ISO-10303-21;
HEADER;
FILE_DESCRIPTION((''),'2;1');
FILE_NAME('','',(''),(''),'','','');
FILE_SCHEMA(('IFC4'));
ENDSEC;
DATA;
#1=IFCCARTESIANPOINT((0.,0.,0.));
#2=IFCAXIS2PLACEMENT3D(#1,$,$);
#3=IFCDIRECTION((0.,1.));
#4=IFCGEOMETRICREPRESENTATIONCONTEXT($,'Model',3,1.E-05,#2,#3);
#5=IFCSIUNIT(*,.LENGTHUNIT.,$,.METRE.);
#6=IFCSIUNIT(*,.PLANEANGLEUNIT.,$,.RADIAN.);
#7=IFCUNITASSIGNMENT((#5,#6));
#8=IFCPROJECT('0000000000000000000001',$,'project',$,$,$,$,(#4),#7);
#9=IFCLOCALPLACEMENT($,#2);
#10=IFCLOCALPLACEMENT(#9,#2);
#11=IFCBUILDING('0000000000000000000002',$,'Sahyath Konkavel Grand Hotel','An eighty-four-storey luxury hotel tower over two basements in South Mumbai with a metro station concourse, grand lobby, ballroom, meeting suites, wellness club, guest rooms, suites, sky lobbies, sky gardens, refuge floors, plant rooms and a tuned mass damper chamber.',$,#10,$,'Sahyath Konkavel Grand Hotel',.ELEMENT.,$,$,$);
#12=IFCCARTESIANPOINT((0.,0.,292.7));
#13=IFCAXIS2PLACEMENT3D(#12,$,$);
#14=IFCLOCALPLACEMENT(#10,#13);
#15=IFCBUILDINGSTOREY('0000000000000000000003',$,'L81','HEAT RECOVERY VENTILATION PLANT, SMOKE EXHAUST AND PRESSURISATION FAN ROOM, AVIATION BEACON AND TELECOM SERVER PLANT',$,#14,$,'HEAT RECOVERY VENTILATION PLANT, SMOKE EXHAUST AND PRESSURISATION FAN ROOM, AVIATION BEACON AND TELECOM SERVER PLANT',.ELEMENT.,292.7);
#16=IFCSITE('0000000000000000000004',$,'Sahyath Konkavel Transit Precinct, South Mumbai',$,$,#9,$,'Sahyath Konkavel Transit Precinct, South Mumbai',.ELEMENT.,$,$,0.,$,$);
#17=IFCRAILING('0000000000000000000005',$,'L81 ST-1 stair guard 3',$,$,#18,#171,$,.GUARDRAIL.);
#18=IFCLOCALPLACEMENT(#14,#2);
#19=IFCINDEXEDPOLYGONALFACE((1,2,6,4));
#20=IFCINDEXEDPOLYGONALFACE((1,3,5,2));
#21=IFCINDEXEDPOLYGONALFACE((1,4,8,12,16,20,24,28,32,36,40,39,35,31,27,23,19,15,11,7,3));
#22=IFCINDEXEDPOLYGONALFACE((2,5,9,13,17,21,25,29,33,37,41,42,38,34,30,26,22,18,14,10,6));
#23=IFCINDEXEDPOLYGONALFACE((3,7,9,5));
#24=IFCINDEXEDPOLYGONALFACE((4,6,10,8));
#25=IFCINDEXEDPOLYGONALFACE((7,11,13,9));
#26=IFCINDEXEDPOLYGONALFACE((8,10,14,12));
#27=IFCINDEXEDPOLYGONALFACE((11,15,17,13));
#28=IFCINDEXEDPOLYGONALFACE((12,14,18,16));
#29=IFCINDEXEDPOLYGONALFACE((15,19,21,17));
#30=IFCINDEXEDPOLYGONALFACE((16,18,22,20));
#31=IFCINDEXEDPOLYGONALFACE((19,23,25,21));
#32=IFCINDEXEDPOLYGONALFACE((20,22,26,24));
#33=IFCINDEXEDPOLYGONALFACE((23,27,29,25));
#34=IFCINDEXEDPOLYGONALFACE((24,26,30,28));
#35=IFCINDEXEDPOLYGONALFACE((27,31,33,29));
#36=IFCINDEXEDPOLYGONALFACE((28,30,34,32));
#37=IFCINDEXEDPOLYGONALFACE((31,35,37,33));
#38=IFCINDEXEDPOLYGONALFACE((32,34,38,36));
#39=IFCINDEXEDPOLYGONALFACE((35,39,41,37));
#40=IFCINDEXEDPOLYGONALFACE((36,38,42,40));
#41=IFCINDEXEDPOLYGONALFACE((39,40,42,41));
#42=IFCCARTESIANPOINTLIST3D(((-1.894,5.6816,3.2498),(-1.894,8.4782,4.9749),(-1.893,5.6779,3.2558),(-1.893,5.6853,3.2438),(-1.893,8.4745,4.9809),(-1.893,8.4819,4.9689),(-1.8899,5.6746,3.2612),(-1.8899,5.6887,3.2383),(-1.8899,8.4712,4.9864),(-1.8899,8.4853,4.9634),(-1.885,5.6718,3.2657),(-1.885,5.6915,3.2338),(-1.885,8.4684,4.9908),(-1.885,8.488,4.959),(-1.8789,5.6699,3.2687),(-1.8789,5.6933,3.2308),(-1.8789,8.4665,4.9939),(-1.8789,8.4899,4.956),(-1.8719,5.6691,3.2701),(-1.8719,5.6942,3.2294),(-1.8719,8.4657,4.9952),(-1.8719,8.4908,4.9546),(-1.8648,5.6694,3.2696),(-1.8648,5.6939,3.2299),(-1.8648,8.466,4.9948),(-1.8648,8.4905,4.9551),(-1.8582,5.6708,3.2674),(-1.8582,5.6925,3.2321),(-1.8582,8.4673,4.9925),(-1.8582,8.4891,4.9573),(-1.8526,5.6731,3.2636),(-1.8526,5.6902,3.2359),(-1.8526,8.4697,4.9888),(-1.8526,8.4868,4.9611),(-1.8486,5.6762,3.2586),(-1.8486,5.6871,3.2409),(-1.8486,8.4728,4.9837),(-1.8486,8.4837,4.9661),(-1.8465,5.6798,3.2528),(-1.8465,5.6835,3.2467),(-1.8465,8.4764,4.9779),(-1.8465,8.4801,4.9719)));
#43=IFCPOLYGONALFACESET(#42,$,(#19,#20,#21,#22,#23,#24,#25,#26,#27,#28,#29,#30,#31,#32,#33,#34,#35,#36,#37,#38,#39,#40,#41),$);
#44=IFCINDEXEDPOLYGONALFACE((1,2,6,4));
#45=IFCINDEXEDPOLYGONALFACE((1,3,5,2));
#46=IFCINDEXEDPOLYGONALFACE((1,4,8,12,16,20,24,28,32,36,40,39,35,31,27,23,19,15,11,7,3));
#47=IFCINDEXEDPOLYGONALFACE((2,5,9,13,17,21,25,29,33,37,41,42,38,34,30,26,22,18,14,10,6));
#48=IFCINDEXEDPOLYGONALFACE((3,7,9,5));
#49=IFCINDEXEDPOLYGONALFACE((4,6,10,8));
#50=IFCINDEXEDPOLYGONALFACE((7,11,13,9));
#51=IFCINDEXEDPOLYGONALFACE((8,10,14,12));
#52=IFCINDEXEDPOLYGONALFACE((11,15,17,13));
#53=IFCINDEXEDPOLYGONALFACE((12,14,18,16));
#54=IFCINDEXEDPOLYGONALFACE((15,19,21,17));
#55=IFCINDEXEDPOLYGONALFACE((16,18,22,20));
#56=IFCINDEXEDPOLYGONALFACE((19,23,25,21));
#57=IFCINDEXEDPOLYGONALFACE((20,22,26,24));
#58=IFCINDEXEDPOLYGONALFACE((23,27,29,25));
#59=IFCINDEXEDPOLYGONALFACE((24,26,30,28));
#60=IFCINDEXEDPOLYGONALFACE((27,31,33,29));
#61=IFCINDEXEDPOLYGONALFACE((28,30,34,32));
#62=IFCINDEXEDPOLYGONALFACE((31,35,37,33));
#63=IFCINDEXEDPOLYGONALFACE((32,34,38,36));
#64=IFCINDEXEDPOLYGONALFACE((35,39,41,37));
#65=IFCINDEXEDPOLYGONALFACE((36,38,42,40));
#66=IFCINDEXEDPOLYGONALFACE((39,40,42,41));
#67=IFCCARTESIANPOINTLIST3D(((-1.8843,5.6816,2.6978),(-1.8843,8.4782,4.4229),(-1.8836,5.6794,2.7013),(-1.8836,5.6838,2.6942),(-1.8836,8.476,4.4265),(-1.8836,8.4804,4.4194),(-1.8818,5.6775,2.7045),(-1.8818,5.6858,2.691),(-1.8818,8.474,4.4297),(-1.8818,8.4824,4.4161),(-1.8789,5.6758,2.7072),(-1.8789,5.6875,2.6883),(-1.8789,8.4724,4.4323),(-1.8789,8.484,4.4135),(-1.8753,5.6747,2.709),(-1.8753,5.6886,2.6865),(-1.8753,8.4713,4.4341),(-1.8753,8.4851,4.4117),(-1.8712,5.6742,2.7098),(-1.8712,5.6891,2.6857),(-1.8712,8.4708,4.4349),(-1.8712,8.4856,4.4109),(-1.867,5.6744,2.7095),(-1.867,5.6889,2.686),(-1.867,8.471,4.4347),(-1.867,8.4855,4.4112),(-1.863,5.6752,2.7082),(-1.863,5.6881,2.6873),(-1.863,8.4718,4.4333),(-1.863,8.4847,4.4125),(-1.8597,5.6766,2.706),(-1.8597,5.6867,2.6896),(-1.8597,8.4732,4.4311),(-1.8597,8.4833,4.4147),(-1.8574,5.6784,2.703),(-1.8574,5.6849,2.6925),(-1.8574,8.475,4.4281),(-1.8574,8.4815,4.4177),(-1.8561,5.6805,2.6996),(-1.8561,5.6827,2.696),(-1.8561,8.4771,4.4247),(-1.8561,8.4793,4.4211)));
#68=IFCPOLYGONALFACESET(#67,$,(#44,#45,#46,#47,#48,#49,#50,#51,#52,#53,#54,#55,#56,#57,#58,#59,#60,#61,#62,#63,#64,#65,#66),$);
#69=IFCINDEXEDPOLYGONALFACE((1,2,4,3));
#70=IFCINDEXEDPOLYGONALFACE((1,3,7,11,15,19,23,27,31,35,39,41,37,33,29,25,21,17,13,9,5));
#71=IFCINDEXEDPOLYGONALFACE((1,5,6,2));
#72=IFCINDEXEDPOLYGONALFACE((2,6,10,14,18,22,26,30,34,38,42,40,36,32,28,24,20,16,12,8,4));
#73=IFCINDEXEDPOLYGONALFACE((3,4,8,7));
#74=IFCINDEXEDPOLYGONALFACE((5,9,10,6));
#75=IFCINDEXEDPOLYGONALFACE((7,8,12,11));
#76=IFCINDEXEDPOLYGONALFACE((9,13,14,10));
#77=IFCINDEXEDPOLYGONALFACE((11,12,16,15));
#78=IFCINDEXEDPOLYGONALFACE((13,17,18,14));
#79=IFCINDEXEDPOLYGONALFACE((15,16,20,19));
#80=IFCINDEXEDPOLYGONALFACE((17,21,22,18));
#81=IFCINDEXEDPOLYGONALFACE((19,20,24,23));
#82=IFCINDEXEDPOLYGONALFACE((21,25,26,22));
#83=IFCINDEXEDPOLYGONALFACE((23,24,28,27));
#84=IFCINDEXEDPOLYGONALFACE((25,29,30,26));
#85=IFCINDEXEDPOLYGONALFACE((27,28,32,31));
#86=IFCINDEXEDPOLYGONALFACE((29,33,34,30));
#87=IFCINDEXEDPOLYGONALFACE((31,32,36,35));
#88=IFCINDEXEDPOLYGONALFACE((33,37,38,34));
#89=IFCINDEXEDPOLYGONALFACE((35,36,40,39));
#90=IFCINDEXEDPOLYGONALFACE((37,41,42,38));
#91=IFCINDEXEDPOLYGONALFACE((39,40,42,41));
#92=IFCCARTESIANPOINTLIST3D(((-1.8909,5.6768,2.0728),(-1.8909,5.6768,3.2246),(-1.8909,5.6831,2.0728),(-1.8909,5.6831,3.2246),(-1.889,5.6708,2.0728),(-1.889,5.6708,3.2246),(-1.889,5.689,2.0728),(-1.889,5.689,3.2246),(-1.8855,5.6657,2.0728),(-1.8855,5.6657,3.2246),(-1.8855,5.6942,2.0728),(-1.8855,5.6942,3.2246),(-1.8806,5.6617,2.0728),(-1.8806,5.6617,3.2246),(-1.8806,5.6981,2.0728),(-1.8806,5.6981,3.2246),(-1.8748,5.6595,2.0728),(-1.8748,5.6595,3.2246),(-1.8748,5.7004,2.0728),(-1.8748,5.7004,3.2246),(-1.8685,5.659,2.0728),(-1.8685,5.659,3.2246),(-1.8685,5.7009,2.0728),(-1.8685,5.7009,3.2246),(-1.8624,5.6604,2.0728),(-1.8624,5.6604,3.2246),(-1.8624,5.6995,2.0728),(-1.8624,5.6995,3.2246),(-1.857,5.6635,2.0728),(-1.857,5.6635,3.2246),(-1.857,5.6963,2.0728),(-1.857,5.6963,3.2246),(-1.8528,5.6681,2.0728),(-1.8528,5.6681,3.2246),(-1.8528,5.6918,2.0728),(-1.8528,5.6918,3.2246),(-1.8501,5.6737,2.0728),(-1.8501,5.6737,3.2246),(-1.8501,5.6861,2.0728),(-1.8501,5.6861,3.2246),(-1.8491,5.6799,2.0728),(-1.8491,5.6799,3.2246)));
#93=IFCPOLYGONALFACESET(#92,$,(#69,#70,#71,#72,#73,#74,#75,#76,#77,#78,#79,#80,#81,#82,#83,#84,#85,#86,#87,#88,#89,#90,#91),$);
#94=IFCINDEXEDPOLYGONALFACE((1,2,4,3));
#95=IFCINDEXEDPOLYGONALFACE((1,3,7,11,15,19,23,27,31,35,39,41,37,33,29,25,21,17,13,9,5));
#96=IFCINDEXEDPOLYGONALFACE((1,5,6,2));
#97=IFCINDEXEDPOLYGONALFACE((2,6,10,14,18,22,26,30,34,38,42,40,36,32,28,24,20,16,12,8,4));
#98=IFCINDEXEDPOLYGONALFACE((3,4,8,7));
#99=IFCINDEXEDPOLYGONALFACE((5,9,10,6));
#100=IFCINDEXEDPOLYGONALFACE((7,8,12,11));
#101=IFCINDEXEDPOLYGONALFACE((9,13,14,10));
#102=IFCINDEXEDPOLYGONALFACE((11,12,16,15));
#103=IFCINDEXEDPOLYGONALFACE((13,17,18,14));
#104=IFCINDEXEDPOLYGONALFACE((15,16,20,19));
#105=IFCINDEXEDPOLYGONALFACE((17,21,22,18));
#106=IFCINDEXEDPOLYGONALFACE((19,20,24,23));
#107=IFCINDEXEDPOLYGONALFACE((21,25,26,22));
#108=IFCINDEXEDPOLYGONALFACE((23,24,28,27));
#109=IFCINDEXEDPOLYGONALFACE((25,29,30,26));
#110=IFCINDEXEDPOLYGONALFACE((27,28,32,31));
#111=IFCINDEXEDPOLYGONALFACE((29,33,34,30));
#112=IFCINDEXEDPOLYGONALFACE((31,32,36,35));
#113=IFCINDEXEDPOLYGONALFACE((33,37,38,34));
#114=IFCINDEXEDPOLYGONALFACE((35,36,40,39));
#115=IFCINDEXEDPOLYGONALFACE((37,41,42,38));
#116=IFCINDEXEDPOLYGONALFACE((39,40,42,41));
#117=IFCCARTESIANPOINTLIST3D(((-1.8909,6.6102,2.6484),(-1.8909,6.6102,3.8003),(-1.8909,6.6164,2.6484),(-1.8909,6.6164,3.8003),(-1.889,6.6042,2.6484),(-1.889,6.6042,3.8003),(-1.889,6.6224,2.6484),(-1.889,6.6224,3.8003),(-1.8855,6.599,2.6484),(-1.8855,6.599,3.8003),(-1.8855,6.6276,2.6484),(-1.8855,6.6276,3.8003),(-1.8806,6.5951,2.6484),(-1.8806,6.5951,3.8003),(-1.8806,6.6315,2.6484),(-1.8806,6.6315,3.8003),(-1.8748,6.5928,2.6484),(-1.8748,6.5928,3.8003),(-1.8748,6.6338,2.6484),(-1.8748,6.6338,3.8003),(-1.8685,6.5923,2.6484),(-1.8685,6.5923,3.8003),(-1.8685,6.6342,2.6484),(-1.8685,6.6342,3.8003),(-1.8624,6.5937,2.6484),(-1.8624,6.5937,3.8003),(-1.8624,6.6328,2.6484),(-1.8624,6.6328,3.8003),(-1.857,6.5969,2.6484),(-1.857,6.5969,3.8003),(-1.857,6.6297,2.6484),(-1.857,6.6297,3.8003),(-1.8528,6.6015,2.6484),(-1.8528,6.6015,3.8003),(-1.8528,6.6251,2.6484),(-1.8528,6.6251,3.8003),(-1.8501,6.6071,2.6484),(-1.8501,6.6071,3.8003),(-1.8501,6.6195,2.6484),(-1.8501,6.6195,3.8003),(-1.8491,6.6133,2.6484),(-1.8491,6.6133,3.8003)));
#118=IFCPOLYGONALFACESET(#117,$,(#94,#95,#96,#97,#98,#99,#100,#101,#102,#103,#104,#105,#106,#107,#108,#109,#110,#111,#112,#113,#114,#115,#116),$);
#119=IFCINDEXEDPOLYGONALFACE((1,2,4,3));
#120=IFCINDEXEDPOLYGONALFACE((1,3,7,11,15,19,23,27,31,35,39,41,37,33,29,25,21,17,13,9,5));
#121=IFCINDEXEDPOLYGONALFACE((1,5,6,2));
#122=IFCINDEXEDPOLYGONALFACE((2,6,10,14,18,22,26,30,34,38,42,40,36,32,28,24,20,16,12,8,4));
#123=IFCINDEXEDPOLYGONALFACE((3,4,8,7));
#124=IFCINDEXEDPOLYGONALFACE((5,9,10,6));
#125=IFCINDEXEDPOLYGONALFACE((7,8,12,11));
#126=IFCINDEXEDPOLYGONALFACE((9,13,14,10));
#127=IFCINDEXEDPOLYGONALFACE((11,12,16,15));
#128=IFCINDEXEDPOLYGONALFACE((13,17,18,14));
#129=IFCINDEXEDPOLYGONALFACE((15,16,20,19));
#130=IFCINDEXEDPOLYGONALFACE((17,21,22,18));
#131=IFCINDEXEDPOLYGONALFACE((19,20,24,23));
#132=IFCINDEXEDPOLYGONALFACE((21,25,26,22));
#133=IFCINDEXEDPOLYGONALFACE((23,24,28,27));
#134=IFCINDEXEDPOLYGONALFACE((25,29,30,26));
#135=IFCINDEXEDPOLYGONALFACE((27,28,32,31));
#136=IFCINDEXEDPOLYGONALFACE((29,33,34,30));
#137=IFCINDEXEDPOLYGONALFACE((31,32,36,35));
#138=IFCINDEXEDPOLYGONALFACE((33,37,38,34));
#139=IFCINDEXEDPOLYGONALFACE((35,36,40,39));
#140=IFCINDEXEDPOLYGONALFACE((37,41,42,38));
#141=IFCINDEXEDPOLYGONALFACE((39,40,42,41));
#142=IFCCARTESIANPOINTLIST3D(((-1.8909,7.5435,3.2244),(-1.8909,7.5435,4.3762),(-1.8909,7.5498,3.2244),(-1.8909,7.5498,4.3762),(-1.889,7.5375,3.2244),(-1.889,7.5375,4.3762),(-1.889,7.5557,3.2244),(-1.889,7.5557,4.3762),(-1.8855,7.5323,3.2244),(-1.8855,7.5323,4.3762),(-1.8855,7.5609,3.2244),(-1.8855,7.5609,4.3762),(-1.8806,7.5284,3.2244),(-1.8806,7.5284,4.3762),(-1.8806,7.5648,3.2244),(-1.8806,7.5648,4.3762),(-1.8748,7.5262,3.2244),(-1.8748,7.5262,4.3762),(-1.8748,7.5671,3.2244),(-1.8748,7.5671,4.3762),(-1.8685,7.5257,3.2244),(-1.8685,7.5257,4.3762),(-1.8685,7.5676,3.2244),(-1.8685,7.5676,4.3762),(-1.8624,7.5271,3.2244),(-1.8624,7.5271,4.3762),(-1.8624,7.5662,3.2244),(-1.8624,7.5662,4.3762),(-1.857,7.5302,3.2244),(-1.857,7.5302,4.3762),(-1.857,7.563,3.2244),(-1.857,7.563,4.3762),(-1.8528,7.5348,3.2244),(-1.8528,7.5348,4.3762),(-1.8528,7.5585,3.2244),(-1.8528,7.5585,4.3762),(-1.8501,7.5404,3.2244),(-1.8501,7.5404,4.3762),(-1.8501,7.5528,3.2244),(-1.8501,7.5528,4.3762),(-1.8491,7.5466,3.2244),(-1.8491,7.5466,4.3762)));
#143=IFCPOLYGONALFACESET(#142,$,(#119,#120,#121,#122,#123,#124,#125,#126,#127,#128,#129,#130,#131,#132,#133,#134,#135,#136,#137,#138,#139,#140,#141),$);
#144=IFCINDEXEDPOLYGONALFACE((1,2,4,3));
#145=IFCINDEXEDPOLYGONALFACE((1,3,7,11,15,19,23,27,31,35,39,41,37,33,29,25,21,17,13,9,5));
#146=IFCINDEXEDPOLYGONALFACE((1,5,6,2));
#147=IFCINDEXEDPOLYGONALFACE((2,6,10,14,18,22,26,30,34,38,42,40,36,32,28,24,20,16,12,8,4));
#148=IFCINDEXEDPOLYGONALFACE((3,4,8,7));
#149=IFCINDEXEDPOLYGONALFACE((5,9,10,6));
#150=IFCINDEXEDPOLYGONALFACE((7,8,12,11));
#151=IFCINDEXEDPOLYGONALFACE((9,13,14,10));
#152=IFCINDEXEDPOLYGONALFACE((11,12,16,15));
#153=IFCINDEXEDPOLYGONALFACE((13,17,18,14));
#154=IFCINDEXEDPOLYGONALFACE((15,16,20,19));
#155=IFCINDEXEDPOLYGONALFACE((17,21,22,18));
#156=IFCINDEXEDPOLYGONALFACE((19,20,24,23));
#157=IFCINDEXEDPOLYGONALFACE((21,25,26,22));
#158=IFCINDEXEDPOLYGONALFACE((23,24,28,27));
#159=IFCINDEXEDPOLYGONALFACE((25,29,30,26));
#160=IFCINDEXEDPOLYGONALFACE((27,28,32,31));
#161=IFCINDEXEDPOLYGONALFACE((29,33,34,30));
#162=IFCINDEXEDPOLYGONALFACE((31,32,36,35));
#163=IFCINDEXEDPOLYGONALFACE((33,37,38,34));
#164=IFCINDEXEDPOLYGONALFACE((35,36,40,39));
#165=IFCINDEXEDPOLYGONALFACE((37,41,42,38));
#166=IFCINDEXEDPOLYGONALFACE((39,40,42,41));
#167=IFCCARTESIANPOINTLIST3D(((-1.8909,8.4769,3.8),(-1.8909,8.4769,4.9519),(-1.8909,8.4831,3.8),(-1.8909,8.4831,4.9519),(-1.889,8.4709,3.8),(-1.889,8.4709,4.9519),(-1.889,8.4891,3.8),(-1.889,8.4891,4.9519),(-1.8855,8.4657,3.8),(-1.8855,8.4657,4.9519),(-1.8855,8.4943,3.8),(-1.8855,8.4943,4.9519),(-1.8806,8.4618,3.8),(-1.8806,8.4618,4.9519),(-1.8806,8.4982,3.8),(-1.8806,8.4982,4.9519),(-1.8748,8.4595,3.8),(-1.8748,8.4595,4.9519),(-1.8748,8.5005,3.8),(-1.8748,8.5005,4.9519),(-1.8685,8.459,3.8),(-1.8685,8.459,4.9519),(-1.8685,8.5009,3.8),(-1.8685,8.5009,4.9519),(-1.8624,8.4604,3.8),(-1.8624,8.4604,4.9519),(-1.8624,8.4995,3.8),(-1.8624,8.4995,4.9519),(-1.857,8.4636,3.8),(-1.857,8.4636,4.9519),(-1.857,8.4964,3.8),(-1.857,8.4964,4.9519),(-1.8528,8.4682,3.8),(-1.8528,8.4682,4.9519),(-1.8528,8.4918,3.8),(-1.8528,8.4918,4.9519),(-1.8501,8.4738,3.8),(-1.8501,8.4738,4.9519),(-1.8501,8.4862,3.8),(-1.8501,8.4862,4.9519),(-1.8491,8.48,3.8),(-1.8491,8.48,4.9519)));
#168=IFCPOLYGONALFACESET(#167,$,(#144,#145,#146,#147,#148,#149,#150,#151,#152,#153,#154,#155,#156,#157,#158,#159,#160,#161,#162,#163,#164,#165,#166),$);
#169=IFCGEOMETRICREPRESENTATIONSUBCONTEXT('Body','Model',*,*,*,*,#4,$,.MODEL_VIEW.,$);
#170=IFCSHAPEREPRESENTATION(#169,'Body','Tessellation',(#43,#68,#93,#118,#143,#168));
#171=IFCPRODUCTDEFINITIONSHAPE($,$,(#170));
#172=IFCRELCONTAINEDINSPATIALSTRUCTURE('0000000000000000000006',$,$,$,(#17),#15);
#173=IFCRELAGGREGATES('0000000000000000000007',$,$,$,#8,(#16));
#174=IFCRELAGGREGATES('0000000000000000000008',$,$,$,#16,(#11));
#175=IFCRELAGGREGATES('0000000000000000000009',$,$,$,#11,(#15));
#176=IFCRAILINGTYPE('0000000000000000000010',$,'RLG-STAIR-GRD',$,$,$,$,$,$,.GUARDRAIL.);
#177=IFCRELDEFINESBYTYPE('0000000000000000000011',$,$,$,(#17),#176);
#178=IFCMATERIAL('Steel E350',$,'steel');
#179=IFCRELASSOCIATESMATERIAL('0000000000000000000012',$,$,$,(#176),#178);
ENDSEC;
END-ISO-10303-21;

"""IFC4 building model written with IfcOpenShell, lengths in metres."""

from ifc_helpers import new_model, si_unit, direction, frame, origin, origin_2d, place, context, subcontext, project, spatial, circle, extrude, material, type_object, element, save


model = new_model("IFC4")

# Units and contexts
model_context = context("Model", 3, precision=1e-05, world=origin(), true_north=direction((0.0, 1.0)))
body_context = subcontext(model_context, "Body", "Model", "MODEL_VIEW")
ifc_project = project(units=[si_unit("LENGTHUNIT", "METRE"), si_unit("PLANEANGLEUNIT", "RADIAN")], contexts=[model_context])

# Site, building, storey
site_placement = place(None, origin())
site = spatial("IfcSite", under=ifc_project, at=site_placement, Name="Sahyath Konkavel Transit Precinct, South Mumbai", LongName="Sahyath Konkavel Transit Precinct, South Mumbai", CompositionType="ELEMENT", RefElevation=0.0)
building_placement = place(site_placement, origin())
building = spatial("IfcBuilding", under=site, at=building_placement, Name="Sahyath Konkavel Grand Hotel", Description="An eighty-four-storey luxury hotel tower over two basements in South Mumbai with a metro station concourse, grand lobby, ballroom, meeting suites, wellness club, guest rooms, suites, sky lobbies, sky gardens, refuge floors, plant rooms and a tuned mass damper chamber.", LongName="Sahyath Konkavel Grand Hotel", CompositionType="ELEMENT")
storey_placement = place(building_placement, frame((0.0, 0.0, 292.7)))
storey = spatial("IfcBuildingStorey", under=building, at=storey_placement, Name="L81", Description="HEAT RECOVERY VENTILATION PLANT, SMOKE EXHAUST AND PRESSURISATION FAN ROOM, AVIATION BEACON AND TELECOM SERVER PLANT", LongName="HEAT RECOVERY VENTILATION PLANT, SMOKE EXHAUST AND PRESSURISATION FAN ROOM, AVIATION BEACON AND TELECOM SERVER PLANT", CompositionType="ELEMENT", Elevation=292.7)

# Shared definitions
ifc_material_1 = material(Name="Steel E350", Category="steel")

# Railing
railing_type_1 = type_object("IfcRailingType", Name="RLG-STAIR-GRD", PredefinedType="GUARDRAIL", material=ifc_material_1)
railing_1_placement = place(storey_placement, frame((-1.8701, 5.6799, 2.0728)))
element("IfcRailing", 1, at=railing_1_placement, inside=storey, type_object=railing_type_1, Name="L81 ST-1 stair guard 3", PredefinedType="GUARDRAIL", context=body_context, shape_type="SweptSolid", body=[
    extrude(circle(Radius=0.0239, at=origin_2d()), frame((0.0, 0.0017, 1.177), z_axis=(0.0, 0.85109, 0.52502), x_axis=(-1.0, 0.0, 0.0)), (0.0, 0.0, 1.0), 3.2859),
    extrude(circle(Radius=0.0142, at=origin_2d()), frame((0.0, 0.0017, 0.625), z_axis=(0.0, 0.85109, 0.52502), x_axis=(-1.0, 0.0, 0.0)), (0.0, 0.0, 1.0), 3.2859),
    extrude(circle(Radius=0.021, at=origin_2d()), origin(), (0.0, 0.0, 1.0), 1.1519),
    extrude(circle(Radius=0.021, at=origin_2d()), frame((0.0, 0.9333, 0.5757)), (0.0, 0.0, 1.0), 1.1519),
    extrude(circle(Radius=0.021, at=origin_2d()), frame((0.0, 1.8667, 1.1516)), (0.0, 0.0, 1.0), 1.1519),
    extrude(circle(Radius=0.021, at=origin_2d()), frame((0.0, 2.8, 1.7273)), (0.0, 0.0, 1.0), 1.1519),
])

save(model, "model.ifc")
